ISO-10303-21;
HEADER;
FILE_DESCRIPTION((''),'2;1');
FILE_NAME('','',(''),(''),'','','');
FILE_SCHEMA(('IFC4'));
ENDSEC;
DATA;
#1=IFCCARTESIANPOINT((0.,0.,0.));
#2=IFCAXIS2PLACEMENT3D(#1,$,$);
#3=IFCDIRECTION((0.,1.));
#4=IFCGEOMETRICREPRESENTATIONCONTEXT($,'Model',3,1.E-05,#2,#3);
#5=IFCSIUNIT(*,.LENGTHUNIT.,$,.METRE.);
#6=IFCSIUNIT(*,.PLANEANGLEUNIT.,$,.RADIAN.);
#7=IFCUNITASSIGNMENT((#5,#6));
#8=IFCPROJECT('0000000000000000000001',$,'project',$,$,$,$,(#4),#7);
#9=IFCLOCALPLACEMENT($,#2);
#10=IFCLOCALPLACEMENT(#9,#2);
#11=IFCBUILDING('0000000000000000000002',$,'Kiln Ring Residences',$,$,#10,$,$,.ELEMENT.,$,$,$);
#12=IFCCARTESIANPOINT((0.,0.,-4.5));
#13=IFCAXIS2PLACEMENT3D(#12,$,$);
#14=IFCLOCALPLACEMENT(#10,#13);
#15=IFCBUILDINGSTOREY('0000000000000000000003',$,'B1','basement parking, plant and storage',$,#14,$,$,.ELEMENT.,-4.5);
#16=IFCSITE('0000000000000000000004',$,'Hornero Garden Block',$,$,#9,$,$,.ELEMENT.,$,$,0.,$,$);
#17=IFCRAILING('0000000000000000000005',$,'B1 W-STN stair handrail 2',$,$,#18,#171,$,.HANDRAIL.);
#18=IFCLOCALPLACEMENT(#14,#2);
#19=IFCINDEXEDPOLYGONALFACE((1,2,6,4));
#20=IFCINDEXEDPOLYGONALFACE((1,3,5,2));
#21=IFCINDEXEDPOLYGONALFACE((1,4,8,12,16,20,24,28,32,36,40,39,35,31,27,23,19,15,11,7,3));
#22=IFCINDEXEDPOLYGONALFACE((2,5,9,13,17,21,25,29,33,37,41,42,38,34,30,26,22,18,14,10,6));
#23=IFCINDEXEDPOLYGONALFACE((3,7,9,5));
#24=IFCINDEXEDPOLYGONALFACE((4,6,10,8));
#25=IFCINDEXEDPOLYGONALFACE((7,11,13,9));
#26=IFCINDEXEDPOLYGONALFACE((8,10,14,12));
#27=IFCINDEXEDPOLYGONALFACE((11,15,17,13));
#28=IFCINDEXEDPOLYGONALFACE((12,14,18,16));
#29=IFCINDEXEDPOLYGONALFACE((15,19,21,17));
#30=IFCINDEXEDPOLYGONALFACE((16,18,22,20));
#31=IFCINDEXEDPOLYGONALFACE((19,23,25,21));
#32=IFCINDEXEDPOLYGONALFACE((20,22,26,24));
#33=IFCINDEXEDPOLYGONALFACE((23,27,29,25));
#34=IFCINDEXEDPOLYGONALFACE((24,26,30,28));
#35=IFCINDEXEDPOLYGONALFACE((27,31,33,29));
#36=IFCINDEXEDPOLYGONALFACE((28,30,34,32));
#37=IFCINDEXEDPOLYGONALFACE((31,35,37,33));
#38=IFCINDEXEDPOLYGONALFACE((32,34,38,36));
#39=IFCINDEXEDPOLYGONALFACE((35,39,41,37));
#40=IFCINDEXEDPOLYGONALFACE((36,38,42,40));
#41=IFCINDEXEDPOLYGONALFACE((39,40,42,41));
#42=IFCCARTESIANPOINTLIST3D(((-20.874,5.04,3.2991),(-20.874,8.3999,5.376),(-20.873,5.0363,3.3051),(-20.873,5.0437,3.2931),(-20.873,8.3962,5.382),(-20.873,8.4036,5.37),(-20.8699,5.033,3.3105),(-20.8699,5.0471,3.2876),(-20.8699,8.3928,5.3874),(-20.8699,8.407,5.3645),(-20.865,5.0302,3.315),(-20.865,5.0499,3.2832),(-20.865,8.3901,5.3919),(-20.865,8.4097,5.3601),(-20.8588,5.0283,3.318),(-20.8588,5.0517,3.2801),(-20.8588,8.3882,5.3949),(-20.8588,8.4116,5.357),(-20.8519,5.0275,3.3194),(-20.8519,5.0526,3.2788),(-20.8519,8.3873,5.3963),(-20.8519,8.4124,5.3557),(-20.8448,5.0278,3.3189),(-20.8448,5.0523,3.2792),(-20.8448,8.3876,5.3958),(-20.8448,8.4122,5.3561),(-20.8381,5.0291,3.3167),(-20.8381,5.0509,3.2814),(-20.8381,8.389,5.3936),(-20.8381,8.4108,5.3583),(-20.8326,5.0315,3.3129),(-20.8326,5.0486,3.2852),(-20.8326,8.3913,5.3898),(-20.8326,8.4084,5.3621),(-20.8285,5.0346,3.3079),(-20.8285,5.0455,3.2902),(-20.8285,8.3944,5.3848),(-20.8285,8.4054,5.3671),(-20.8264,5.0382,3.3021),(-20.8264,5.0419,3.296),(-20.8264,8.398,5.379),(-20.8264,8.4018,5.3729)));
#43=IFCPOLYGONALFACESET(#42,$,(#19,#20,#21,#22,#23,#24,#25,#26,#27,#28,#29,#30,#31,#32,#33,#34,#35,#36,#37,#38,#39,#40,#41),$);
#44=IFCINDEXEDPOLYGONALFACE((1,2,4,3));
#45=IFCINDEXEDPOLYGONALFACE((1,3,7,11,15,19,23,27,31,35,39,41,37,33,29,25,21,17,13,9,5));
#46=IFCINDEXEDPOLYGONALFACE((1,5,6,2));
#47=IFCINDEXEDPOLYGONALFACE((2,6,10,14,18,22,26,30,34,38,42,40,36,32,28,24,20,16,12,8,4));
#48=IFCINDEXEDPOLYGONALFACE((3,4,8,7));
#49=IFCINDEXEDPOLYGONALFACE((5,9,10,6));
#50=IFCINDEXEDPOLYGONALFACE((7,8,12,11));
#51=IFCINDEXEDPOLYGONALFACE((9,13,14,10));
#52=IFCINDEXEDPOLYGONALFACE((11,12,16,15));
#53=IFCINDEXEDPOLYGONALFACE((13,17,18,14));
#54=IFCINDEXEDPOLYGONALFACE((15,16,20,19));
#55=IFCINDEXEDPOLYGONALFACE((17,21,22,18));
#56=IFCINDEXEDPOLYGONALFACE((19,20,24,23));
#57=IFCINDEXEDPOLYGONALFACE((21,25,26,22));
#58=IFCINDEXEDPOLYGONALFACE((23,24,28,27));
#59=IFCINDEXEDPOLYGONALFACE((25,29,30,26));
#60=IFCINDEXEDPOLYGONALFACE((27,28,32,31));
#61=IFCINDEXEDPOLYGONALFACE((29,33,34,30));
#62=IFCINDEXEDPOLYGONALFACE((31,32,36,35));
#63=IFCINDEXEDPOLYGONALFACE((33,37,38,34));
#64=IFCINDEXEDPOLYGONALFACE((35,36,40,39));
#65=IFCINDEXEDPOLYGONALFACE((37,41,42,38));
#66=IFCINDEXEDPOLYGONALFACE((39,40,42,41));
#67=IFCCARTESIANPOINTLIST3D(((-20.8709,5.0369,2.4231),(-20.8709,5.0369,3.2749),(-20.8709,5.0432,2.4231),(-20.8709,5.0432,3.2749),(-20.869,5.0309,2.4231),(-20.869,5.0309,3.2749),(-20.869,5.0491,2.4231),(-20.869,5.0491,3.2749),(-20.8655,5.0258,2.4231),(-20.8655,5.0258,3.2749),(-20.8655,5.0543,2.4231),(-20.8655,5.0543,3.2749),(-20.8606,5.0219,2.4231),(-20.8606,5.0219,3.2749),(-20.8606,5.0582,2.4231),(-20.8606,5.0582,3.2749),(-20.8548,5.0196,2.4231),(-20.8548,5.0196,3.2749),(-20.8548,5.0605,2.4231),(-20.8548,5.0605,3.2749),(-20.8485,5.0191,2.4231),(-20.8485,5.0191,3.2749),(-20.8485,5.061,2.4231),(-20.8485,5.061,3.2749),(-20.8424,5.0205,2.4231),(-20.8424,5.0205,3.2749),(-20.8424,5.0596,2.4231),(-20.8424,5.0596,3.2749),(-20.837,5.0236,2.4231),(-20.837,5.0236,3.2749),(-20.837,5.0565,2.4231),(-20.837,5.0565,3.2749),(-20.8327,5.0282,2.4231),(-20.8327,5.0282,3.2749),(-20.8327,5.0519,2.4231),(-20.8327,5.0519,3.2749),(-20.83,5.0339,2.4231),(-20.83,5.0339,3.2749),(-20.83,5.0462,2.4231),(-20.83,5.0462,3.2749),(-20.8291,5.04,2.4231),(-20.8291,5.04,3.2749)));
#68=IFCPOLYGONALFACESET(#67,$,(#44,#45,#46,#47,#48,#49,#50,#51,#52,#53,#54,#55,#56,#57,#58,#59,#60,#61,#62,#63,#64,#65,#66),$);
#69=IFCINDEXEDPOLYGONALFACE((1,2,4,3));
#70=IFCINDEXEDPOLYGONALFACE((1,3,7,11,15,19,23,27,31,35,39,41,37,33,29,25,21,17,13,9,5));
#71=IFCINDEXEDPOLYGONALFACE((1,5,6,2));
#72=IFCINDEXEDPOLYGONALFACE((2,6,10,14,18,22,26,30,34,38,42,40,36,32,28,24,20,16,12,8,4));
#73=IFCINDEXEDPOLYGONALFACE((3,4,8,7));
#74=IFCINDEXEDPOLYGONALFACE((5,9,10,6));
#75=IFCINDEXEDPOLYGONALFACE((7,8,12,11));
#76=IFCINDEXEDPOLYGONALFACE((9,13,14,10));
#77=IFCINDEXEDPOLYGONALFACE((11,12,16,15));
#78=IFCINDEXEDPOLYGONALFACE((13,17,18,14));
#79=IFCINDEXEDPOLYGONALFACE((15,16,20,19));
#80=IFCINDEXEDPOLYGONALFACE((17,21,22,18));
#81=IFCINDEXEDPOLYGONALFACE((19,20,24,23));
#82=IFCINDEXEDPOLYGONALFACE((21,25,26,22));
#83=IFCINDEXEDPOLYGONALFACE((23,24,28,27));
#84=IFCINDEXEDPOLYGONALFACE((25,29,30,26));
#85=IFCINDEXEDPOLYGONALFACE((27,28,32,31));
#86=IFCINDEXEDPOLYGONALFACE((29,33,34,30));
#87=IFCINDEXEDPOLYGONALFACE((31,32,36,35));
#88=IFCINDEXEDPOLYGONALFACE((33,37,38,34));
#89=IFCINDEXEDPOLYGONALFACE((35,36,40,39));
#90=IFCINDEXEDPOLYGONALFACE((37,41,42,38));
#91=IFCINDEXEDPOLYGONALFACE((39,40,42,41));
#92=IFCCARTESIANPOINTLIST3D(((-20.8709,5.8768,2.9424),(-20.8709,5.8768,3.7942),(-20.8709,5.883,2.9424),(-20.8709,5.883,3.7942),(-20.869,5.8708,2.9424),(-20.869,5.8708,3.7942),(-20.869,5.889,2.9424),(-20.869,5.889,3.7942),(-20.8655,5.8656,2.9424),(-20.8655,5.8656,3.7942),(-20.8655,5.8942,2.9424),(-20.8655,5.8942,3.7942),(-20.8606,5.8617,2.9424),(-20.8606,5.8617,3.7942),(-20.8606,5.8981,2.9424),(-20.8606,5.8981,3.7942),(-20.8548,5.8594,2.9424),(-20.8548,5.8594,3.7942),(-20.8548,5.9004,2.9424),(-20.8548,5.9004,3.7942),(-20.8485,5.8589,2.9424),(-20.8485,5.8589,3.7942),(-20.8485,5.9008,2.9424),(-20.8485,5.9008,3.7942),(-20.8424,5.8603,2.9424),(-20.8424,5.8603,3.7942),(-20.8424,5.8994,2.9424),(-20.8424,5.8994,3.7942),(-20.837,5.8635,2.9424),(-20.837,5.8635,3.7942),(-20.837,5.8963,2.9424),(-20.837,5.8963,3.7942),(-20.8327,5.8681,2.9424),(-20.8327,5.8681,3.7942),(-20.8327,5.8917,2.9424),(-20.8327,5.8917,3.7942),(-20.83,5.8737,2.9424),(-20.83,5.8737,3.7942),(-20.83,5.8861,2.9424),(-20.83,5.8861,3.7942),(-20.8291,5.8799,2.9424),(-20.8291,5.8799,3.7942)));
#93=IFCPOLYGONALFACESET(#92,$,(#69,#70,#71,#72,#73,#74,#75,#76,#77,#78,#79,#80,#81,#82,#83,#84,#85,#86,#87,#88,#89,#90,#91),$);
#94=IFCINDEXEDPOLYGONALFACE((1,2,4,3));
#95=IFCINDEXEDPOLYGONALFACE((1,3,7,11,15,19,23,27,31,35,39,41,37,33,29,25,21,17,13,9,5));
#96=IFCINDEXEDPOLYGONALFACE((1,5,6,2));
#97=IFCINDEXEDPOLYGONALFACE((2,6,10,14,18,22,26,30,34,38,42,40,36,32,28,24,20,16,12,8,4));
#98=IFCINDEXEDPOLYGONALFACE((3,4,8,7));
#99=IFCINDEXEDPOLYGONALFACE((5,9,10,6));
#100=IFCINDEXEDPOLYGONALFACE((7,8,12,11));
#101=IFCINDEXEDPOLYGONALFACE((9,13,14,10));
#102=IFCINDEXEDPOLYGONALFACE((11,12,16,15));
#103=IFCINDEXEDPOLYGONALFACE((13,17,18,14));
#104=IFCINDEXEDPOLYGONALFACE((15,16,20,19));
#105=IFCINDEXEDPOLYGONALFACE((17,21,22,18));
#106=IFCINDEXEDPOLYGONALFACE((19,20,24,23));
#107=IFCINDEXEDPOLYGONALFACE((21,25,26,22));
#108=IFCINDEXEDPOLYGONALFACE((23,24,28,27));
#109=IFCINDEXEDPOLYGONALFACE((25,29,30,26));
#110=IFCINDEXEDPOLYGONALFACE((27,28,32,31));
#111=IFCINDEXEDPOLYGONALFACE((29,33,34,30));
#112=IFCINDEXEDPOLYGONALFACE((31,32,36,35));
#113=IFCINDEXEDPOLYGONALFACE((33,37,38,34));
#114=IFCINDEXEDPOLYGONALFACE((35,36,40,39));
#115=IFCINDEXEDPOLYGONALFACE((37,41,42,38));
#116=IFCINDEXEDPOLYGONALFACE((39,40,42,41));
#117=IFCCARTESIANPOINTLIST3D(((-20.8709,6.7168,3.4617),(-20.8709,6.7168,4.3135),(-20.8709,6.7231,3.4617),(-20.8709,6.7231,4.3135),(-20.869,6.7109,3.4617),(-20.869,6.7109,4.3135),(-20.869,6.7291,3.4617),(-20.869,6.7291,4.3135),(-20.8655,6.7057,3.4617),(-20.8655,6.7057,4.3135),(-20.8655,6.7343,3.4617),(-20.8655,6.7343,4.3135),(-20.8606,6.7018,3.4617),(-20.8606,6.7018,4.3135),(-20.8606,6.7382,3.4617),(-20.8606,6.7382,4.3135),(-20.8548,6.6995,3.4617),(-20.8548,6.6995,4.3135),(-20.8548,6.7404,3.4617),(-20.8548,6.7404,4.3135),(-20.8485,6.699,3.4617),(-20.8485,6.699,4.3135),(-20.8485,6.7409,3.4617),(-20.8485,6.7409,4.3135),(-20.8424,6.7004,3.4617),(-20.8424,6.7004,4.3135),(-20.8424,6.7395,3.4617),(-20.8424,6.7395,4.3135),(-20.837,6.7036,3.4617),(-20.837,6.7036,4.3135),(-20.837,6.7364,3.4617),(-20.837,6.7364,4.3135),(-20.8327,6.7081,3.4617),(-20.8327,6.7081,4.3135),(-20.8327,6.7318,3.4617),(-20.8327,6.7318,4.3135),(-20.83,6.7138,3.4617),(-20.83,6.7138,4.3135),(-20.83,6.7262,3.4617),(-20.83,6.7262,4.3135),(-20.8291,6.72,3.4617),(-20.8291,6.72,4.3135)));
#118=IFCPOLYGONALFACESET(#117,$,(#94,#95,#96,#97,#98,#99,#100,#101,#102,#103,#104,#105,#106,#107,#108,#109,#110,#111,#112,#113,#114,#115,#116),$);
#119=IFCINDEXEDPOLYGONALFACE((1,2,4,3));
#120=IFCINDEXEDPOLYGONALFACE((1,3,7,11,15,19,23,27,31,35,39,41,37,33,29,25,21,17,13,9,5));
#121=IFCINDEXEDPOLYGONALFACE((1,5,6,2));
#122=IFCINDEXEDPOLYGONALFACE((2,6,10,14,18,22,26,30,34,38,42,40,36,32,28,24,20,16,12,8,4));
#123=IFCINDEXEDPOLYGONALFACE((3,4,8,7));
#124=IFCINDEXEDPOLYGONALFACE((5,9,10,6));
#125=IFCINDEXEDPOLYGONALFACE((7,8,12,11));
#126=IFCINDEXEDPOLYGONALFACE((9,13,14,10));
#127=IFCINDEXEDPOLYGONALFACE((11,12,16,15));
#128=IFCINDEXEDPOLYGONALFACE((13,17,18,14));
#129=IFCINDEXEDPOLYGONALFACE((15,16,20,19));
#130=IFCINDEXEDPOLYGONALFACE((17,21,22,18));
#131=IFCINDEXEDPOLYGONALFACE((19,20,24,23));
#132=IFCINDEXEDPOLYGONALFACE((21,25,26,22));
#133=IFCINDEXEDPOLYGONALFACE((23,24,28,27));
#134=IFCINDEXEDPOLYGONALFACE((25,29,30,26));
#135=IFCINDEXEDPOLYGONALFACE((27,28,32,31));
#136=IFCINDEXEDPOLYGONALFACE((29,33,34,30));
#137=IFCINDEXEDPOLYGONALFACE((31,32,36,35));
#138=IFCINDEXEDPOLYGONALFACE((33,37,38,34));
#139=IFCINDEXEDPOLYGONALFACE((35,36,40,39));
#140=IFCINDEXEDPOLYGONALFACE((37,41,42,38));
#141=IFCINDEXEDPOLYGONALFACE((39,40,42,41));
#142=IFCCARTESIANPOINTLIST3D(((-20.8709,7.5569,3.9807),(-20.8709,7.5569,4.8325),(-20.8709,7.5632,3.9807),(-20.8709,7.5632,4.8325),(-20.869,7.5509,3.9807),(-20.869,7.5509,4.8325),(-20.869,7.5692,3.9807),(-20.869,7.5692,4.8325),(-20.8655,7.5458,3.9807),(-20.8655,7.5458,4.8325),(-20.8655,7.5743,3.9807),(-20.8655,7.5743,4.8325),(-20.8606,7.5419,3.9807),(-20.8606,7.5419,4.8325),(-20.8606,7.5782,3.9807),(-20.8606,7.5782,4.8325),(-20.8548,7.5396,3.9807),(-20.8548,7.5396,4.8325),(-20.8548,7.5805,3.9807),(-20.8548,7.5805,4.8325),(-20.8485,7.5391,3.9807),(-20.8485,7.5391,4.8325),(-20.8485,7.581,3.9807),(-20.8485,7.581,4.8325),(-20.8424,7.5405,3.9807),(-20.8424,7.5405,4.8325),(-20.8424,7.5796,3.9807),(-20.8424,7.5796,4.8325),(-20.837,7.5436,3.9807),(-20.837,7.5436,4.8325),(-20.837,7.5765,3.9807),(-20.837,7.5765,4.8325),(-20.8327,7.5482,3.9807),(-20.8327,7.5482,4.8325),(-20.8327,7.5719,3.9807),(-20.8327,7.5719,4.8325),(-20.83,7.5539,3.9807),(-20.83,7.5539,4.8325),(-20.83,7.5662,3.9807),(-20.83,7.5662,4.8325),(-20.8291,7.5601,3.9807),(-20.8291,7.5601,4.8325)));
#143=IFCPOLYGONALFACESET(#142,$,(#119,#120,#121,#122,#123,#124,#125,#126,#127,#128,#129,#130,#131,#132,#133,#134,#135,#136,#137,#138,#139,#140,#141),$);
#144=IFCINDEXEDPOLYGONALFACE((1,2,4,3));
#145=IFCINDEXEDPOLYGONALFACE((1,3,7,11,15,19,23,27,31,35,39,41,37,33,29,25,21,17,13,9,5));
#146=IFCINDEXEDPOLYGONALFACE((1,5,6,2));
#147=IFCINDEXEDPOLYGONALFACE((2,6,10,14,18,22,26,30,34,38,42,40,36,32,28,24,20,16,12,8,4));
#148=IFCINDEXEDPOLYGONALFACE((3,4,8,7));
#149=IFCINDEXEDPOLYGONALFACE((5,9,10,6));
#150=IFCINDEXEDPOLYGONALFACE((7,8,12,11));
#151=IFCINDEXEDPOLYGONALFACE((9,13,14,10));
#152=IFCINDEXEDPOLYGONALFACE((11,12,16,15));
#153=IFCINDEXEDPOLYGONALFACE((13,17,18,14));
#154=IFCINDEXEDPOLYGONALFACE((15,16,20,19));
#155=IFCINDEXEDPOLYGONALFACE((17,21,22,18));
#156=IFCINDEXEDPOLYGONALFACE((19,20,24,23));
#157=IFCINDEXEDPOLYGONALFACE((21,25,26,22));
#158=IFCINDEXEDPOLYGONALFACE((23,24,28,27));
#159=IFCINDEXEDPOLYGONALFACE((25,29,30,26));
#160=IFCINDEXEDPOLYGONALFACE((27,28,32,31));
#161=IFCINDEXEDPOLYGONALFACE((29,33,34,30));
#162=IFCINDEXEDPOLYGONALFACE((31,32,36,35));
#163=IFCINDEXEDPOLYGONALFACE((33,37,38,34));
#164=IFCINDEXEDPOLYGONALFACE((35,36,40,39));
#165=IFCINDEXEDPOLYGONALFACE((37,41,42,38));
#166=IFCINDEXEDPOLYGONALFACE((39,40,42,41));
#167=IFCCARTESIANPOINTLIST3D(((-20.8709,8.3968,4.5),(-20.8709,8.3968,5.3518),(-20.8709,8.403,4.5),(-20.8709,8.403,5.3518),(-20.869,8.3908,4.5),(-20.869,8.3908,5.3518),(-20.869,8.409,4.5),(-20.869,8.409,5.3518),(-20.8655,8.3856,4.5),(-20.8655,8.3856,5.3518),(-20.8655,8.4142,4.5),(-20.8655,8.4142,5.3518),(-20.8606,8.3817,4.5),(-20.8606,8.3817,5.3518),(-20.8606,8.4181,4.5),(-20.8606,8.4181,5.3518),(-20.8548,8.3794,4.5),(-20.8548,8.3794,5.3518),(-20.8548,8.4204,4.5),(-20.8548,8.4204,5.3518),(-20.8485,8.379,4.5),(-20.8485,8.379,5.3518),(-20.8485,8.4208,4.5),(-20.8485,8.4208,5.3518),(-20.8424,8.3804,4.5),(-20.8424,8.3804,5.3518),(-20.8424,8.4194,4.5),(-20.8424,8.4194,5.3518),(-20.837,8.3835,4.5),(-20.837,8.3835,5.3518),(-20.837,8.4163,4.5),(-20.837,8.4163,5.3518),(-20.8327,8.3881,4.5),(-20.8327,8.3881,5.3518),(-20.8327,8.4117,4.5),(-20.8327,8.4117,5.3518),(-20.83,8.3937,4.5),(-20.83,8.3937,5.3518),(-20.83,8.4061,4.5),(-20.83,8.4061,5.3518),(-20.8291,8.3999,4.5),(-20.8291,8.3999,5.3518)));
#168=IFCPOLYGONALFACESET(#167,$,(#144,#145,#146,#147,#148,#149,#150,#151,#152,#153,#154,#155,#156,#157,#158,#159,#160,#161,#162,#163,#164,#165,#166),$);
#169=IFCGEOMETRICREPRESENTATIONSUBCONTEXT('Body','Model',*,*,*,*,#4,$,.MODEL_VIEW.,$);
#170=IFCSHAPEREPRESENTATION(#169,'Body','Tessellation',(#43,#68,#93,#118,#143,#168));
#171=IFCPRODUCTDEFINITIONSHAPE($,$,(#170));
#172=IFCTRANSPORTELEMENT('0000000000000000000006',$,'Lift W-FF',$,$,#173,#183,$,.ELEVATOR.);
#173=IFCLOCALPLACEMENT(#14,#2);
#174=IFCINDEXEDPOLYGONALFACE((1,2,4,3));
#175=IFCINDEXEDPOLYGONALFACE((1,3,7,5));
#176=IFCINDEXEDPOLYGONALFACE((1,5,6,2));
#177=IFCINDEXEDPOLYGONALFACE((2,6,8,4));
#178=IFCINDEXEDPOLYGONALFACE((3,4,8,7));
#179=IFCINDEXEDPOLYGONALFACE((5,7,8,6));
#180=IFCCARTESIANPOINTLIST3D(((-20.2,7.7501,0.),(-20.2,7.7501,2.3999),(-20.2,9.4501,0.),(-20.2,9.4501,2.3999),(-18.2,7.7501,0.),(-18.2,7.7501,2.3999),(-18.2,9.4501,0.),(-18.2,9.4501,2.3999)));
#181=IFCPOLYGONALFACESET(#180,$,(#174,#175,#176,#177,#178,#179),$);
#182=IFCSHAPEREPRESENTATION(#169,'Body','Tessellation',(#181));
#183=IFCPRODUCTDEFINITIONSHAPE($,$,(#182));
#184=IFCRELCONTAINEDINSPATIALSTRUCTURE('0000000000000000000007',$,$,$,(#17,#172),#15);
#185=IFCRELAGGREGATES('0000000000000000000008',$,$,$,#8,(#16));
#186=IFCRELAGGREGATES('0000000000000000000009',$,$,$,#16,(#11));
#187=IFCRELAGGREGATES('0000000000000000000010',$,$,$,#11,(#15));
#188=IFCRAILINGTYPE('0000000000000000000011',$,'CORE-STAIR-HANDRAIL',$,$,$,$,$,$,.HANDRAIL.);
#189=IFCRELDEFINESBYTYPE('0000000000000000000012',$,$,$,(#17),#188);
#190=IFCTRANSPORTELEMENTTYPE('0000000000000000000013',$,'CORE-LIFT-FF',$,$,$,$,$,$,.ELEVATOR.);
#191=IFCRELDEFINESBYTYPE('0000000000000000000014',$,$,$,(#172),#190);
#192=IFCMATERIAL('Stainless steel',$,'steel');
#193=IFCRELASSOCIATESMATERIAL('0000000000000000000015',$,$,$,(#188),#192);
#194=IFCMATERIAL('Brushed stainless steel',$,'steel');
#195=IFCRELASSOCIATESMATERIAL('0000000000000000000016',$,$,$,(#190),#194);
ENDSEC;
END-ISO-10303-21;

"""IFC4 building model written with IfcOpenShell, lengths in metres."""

from ifc_helpers import new_model, si_unit, direction, frame, origin, origin_2d, place, context, subcontext, project, spatial, rectangle, circle, extrude, material, type_object, element, save


model = new_model("IFC4")

# Units and contexts
model_context = context("Model", 3, precision=1e-05, world=origin(), true_north=direction((0.0, 1.0)))
body_context = subcontext(model_context, "Body", "Model", "MODEL_VIEW")
ifc_project = project(units=[si_unit("LENGTHUNIT", "METRE"), si_unit("PLANEANGLEUNIT", "RADIAN")], contexts=[model_context])

# Site, building, storey
site_placement = place(None, origin())
site = spatial("IfcSite", under=ifc_project, at=site_placement, Name="Hornero Garden Block", CompositionType="ELEMENT", RefElevation=0.0)
building_placement = place(site_placement, origin())
building = spatial("IfcBuilding", under=site, at=building_placement, Name="Kiln Ring Residences", CompositionType="ELEMENT")
storey_placement = place(building_placement, frame((0.0, 0.0, -4.5)))
storey = spatial("IfcBuildingStorey", under=building, at=storey_placement, Name="B1", Description="basement parking, plant and storage", CompositionType="ELEMENT", Elevation=-4.5)

# Railing
ifc_material_1 = material(Name="Stainless steel", Category="steel")
railing_type_1 = type_object("IfcRailingType", Name="CORE-STAIR-HANDRAIL", PredefinedType="HANDRAIL", material=ifc_material_1)
railing_1_placement = place(storey_placement, frame((-20.8501, 5.04, 2.4231)))
element("IfcRailing", 1, at=railing_1_placement, inside=storey, type_object=railing_type_1, Name="B1 W-STN stair handrail 2", PredefinedType="HANDRAIL", context=body_context, shape_type="SweptSolid", body=[
    extrude(circle(Radius=0.0239, at=origin_2d()), frame((0.0, 0.0, 0.876), z_axis=(0.0, 0.850606, 0.525803), x_axis=(-1.0, 0.0, 0.0)), (0.0, 0.0, 1.0), 3.95),
    extrude(circle(Radius=0.021, at=origin_2d()), origin(), (0.0, 0.0, 1.0), 0.8518),
    extrude(circle(Radius=0.021, at=origin_2d()), frame((0.0, 0.8398, 0.5193)), (0.0, 0.0, 1.0), 0.8518),
    extrude(circle(Radius=0.021, at=origin_2d()), frame((0.0, 1.6799, 1.0386)), (0.0, 0.0, 1.0), 0.8518),
    extrude(circle(Radius=0.021, at=origin_2d()), frame((0.0, 2.52, 1.5576)), (0.0, 0.0, 1.0), 0.8518),
    extrude(circle(Radius=0.021, at=origin_2d()), frame((0.0, 3.3599, 2.0769)), (0.0, 0.0, 1.0), 0.8518),
])

# Transport element
ifc_material_2 = material(Name="Brushed stainless steel", Category="steel")
transport_element_type = type_object("IfcTransportElementType", Name="CORE-LIFT-FF", PredefinedType="ELEVATOR", material=ifc_material_2)
transport_element_placement = place(storey_placement, frame((-19.2, 8.6001, 0.0), z_axis=(0.0, 0.0, 1.0), x_axis=(1.0, 0.0, 0.0)))
element("IfcTransportElement", 2, at=transport_element_placement, inside=storey, type_object=transport_element_type, Name="Lift W-FF", PredefinedType="ELEVATOR", context=body_context, shape_type="SweptSolid", body=[
    extrude(rectangle(XDim=2.0, YDim=1.7, at=origin_2d()), origin(), (0.0, 0.0, 1.0), 2.3999),
])

save(model, "model.ifc")
